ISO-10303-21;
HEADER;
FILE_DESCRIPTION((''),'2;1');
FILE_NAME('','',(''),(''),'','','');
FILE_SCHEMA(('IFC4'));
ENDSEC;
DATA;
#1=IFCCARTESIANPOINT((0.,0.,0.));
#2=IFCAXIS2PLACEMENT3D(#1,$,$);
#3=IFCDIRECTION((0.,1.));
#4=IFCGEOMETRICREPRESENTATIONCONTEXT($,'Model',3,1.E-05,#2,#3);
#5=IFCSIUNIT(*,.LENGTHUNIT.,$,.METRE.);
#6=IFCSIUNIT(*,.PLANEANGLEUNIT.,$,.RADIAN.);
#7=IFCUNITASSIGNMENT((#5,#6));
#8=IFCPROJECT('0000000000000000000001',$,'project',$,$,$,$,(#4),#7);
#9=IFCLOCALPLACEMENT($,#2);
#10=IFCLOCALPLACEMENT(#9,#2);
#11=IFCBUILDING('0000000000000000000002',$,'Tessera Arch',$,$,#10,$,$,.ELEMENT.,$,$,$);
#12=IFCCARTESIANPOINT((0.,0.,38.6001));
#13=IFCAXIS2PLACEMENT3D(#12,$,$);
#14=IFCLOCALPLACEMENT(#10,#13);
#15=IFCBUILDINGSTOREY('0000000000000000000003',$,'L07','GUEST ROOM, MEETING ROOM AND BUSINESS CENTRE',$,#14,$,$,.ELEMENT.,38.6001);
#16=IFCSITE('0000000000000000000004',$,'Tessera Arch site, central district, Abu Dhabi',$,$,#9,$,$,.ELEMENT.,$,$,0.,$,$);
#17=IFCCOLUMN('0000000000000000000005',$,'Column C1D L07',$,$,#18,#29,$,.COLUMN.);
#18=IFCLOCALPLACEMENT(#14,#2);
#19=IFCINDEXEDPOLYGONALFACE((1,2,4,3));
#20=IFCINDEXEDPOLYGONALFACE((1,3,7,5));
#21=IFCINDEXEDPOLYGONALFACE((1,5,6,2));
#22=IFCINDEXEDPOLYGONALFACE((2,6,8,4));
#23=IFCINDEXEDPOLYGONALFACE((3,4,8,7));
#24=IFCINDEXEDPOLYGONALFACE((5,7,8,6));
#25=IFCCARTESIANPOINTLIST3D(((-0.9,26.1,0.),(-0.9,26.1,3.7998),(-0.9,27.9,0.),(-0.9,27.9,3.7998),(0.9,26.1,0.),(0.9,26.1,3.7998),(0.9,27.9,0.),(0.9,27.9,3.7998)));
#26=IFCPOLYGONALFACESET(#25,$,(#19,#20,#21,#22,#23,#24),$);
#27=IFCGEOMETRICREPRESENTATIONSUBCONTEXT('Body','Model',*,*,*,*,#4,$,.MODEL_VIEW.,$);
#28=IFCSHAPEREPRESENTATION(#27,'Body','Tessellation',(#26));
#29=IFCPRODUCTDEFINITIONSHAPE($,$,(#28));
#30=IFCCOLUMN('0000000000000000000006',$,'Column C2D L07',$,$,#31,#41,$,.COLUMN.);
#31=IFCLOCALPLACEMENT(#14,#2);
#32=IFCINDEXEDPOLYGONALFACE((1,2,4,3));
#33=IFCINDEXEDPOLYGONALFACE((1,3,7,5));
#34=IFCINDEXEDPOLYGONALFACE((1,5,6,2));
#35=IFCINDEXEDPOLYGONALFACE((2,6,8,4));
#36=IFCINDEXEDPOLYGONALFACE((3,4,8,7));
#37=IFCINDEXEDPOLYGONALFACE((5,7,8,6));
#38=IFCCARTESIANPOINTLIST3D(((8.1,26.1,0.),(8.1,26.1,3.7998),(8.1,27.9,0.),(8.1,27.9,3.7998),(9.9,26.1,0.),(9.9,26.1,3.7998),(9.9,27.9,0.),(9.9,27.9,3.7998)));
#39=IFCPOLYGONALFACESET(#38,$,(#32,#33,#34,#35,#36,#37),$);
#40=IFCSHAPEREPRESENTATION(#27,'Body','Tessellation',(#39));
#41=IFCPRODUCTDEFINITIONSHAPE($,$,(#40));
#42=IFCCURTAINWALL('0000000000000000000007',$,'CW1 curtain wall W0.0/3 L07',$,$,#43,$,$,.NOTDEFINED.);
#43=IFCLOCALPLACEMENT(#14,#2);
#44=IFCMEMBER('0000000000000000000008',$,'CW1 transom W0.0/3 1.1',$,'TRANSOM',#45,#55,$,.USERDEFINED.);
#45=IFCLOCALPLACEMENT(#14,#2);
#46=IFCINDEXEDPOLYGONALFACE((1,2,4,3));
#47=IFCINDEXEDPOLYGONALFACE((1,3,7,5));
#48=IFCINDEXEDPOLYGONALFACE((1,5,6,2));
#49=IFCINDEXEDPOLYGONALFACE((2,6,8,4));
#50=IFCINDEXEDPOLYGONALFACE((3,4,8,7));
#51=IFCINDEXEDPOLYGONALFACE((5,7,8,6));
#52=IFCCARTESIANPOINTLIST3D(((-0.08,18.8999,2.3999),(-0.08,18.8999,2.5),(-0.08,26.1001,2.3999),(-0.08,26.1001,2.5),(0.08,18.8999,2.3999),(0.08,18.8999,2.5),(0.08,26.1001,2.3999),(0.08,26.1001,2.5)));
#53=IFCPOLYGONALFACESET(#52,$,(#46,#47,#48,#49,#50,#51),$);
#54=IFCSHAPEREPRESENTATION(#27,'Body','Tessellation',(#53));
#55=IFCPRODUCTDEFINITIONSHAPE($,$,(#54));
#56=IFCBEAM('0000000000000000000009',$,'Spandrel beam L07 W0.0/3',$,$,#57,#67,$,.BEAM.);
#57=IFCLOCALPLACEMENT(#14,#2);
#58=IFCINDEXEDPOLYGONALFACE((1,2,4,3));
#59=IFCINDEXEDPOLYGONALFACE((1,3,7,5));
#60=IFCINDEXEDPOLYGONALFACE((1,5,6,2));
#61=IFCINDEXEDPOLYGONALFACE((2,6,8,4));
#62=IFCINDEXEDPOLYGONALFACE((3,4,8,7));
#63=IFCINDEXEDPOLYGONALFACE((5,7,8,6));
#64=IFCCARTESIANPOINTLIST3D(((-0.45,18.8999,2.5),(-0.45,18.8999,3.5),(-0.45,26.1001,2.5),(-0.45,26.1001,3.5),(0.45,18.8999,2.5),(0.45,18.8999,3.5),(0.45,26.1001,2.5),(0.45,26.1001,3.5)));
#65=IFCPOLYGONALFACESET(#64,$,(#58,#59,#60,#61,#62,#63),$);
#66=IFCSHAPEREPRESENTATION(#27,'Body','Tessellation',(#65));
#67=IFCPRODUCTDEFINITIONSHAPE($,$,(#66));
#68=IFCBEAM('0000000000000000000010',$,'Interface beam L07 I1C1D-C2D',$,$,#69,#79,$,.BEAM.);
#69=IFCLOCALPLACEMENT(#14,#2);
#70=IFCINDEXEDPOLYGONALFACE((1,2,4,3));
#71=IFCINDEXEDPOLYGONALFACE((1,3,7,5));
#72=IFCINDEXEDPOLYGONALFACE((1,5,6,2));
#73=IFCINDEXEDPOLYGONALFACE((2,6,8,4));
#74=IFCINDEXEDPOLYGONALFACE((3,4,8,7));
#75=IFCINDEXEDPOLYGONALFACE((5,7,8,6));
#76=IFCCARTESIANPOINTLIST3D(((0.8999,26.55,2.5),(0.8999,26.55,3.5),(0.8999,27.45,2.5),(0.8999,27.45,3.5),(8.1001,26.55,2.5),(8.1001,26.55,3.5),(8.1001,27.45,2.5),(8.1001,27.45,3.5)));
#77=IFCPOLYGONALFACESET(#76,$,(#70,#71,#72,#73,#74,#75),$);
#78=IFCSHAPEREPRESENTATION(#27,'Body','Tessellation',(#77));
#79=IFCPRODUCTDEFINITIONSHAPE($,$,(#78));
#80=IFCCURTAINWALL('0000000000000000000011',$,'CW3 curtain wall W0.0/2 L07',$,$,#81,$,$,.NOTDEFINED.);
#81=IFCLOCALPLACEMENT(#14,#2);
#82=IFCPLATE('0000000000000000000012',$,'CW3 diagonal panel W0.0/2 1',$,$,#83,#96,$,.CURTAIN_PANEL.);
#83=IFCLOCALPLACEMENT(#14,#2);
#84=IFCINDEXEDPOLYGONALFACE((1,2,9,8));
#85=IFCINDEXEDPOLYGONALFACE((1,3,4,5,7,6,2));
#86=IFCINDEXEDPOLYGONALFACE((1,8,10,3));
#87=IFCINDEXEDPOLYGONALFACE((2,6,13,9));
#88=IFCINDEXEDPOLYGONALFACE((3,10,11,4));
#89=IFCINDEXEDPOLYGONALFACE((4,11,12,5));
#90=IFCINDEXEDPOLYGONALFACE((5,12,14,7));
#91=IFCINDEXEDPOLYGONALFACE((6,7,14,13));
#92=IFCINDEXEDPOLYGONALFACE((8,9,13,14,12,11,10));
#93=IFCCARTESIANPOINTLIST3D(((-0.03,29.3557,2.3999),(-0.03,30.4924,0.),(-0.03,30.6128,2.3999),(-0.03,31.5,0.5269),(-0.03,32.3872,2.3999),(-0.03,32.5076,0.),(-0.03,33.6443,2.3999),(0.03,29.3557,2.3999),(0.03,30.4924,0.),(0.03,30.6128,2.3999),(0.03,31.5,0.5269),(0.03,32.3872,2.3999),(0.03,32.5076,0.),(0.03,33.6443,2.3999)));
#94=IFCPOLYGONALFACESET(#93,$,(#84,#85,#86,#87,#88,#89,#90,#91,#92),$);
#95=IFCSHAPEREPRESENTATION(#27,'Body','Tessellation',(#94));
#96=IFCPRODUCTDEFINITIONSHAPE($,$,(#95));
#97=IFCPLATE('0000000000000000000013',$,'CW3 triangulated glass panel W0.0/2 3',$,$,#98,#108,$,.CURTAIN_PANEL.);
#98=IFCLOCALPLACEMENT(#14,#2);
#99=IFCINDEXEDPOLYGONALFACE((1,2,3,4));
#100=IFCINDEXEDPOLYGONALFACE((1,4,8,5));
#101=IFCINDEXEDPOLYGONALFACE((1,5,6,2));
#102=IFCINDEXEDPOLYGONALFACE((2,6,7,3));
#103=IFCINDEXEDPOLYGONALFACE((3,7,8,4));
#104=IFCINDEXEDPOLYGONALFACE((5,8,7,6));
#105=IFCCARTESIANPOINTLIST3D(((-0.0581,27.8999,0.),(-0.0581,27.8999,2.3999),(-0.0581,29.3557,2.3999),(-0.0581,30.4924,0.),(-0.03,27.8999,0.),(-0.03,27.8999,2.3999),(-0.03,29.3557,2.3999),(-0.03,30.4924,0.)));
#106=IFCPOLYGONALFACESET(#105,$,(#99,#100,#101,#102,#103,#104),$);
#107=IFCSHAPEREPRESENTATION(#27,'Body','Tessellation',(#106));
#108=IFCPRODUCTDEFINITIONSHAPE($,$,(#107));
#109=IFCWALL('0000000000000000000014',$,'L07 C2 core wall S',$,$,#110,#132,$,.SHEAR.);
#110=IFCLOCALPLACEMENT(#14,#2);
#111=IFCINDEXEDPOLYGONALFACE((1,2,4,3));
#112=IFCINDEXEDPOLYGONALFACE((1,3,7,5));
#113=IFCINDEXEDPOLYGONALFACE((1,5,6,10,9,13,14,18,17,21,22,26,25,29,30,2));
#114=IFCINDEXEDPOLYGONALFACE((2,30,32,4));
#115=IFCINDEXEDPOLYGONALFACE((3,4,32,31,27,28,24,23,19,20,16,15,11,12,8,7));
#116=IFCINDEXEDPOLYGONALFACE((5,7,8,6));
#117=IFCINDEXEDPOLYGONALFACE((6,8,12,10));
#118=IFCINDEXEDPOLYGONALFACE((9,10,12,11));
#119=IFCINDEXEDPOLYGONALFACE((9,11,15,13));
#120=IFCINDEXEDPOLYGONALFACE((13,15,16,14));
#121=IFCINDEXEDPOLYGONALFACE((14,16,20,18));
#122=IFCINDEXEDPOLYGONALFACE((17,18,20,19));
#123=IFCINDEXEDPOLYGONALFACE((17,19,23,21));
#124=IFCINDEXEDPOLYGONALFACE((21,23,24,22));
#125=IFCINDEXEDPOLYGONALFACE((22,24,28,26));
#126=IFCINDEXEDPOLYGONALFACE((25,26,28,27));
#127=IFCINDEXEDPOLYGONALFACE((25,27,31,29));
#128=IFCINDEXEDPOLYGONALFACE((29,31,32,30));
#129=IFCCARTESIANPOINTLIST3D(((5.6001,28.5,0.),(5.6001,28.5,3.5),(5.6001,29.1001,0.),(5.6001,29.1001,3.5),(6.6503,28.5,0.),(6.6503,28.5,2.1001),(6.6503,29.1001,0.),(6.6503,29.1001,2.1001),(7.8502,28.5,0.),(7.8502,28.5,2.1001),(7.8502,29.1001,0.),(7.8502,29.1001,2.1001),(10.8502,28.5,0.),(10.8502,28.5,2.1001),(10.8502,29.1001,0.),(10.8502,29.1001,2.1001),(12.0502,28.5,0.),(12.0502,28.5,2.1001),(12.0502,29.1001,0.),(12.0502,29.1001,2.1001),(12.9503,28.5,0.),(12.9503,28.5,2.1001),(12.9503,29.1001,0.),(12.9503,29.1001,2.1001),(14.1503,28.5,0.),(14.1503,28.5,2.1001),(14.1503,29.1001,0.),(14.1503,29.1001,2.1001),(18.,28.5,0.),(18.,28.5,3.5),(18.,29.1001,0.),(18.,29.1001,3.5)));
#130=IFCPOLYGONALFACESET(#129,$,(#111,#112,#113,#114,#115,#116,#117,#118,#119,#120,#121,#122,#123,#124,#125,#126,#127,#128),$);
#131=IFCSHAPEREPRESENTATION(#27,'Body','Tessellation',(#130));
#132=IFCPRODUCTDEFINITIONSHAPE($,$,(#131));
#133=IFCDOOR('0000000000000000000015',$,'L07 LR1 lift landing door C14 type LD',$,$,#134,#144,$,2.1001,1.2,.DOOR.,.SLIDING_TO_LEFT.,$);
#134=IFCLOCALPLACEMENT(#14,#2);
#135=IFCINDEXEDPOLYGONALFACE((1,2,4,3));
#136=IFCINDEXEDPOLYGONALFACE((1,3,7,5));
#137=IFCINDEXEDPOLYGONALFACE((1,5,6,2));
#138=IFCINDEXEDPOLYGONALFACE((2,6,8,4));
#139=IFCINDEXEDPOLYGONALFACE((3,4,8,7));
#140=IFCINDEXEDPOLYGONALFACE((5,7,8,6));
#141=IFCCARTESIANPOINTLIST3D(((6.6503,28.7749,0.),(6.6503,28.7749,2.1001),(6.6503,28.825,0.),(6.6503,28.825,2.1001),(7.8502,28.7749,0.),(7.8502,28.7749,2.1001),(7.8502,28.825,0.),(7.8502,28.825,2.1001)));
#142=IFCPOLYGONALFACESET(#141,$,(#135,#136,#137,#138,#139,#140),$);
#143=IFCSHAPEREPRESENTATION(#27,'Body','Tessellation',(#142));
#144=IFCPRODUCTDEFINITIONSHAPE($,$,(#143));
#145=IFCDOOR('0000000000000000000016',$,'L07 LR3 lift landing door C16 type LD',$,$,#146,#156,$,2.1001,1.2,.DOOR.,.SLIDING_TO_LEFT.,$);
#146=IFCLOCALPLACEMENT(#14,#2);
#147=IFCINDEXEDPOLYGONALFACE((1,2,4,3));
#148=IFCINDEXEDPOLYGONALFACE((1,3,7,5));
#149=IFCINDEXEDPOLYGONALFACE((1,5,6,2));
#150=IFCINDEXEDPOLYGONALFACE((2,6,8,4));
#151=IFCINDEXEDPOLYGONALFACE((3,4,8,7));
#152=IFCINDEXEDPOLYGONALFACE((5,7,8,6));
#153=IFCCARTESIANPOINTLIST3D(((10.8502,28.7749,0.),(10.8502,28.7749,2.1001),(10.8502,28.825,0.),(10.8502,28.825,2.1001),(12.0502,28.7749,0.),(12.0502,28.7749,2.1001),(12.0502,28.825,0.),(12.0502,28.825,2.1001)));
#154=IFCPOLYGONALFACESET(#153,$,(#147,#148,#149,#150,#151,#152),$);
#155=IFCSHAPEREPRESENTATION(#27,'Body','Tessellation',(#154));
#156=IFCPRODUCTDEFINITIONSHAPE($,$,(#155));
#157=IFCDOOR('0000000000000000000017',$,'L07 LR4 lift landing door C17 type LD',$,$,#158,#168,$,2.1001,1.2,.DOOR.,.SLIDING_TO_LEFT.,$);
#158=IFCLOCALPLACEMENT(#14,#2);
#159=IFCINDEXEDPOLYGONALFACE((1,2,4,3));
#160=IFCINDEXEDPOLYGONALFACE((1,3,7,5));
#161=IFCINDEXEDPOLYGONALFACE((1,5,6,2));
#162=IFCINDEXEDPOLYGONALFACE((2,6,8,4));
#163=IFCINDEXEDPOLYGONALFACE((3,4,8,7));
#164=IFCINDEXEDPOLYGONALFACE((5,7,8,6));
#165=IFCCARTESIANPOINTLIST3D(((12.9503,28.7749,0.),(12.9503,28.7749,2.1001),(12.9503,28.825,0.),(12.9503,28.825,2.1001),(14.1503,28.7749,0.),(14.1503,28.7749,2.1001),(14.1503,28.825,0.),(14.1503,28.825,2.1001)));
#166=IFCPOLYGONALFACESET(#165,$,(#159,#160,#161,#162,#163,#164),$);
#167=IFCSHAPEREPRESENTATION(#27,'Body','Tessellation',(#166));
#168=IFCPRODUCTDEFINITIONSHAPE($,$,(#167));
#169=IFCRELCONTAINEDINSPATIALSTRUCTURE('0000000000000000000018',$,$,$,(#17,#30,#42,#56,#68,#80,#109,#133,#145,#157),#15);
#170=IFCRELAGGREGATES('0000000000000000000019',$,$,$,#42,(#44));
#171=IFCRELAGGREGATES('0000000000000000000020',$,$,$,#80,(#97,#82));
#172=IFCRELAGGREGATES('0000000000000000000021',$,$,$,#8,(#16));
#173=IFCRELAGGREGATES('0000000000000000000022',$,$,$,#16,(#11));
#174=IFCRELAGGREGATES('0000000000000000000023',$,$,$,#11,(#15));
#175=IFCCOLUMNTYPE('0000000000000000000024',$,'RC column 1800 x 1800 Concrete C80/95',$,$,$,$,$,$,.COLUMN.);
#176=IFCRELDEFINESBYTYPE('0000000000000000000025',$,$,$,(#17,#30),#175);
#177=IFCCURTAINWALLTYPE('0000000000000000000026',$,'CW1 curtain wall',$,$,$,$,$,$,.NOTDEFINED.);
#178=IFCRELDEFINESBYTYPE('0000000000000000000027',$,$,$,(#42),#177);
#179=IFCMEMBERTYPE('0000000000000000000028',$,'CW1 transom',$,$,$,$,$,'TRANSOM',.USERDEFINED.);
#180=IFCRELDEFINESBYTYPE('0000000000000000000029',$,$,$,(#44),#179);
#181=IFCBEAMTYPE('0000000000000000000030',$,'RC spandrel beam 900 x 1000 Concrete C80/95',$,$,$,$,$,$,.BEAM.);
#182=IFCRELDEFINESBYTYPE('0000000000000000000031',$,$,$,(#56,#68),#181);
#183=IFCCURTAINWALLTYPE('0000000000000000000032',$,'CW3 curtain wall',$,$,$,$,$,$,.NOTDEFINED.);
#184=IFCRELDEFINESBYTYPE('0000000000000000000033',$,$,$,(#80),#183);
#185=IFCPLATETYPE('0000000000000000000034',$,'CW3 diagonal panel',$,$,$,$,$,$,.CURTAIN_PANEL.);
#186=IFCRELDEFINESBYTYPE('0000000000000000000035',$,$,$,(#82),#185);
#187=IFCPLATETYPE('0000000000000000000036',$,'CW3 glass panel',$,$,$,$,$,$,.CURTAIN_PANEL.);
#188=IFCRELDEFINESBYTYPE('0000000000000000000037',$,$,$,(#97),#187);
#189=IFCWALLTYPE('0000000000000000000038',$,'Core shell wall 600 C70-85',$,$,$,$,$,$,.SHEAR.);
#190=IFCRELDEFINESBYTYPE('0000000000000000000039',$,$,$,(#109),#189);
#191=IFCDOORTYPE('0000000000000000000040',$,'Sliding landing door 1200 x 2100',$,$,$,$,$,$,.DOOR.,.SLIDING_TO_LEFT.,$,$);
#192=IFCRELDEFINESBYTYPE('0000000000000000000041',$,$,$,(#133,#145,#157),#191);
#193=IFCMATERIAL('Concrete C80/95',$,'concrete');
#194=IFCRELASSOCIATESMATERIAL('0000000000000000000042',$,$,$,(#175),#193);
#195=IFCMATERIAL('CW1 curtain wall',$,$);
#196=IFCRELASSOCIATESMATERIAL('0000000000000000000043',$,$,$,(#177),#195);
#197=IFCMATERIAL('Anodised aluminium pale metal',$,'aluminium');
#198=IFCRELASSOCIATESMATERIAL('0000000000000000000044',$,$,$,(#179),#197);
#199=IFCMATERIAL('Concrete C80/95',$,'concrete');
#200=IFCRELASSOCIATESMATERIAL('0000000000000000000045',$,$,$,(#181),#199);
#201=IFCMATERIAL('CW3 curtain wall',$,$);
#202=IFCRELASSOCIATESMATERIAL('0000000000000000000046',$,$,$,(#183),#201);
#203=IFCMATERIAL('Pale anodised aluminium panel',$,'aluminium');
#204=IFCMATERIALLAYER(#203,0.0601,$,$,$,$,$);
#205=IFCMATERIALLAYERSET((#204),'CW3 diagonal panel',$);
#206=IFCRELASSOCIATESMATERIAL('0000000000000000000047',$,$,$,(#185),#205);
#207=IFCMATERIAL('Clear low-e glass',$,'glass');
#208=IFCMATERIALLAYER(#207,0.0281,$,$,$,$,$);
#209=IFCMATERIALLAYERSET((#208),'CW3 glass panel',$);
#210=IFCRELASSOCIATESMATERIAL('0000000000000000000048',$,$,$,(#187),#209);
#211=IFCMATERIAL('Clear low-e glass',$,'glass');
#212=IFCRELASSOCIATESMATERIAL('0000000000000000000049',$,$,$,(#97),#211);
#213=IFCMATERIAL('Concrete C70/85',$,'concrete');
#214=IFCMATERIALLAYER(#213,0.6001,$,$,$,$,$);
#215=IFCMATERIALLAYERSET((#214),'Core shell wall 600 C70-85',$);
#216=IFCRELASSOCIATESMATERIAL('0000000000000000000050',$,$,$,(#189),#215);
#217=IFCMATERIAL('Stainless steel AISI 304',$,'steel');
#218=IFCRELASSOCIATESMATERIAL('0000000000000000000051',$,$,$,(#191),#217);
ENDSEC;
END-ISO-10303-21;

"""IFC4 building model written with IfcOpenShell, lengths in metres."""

from ifc_helpers import new_model, si_unit, direction, frame, frame_2d, origin, origin_2d, place, context, subcontext, project, spatial, polyline, rectangle, outline, extrude, material, layer, layer_set, material_profile, profile_set, type_object, element, fill, aggregate, save


model = new_model("IFC4")

# Units and contexts
model_context = context("Model", 3, precision=1e-05, world=origin(), true_north=direction((0.0, 1.0)))
body_context = subcontext(model_context, "Body", "Model", "MODEL_VIEW")
ifc_project = project(units=[si_unit("LENGTHUNIT", "METRE"), si_unit("PLANEANGLEUNIT", "RADIAN")], contexts=[model_context])

# Site, building, storey
site_placement = place(None, origin())
site = spatial("IfcSite", under=ifc_project, at=site_placement, Name="Tessera Arch site, central district, Abu Dhabi", CompositionType="ELEMENT", RefElevation=0.0)
building_placement = place(site_placement, origin())
building = spatial("IfcBuilding", under=site, at=building_placement, Name="Tessera Arch", CompositionType="ELEMENT")
storey_placement = place(building_placement, frame((0.0, 0.0, 38.6001)))
storey = spatial("IfcBuildingStorey", under=building, at=storey_placement, Name="L07", Description="GUEST ROOM, MEETING ROOM AND BUSINESS CENTRE", CompositionType="ELEMENT", Elevation=38.6001)

# Columns
ifc_material_1 = material(Name="Concrete C80/95", Category="concrete")
ifc_material_profile_1 = material_profile(ifc_material_1, rectangle(XDim=1.8, YDim=1.8, at=origin_2d()), Name="RC column 1800 x 1800 Concrete C80/95")
ifc_profile_set_1 = profile_set([ifc_material_profile_1], Name="Concrete C80/95")
column_type = type_object("IfcColumnType", Name="RC column 1800 x 1800 Concrete C80/95", PredefinedType="COLUMN", material=ifc_profile_set_1)
for number, where, z_axis, x_axis, name in (
    (1, (0.0, 27.0, 0.0), (0.0, 0.0, 1.0), (1.0, 0.0, 0.0), "Column C1D L07"),
    (2, (9.0, 27.0, 0.0), (0.0, 0.0, 1.0), (1.0, 0.0, 0.0), "Column C2D L07"),
):
    element("IfcColumn", number, at=place(storey_placement, frame(where, z_axis=z_axis, x_axis=x_axis)), inside=storey, type_object=column_type, Name=name, PredefinedType="COLUMN", context=body_context, shape_type="SweptSolid", body=[
        extrude(rectangle(XDim=1.8, YDim=1.8, at=origin_2d()), origin(), (0.0, 0.0, 1.0), 3.7998),
    ])

# Curtain wall, member
ifc_material_2 = material(Name="CW1 curtain wall")
curtain_wall_type_1 = type_object("IfcCurtainWallType", Name="CW1 curtain wall", PredefinedType="NOTDEFINED", material=ifc_material_2)
curtain_wall_1_placement = place(storey_placement, origin())
curtain_wall_1 = element("IfcCurtainWall", 3, at=curtain_wall_1_placement, inside=storey, type_object=curtain_wall_type_1, Name="CW1 curtain wall W0.0/3 L07", PredefinedType="NOTDEFINED")
ifc_material_3 = material(Name="Anodised aluminium pale metal", Category="aluminium")
ifc_material_profile_2 = material_profile(ifc_material_3, rectangle(XDim=0.1599, YDim=0.1001, at=origin_2d()), Name="AL 160x100")
ifc_profile_set_2 = profile_set([ifc_material_profile_2], Name="Anodised aluminium pale metal")
member_type = type_object("IfcMemberType", Name="CW1 transom", ElementType="TRANSOM", PredefinedType="USERDEFINED", material=ifc_profile_set_2)
member_placement = place(storey_placement, frame((0.0, 26.1001, 2.45), z_axis=(0.0, -1.0, 0.0), x_axis=(1.0, 0.0, 0.0)))
member = element("IfcMember", 4, at=member_placement, type_object=member_type, Name="CW1 transom W0.0/3 1.1", ObjectType="TRANSOM", PredefinedType="USERDEFINED", context=body_context, shape_type="SweptSolid", body=[
    extrude(rectangle(XDim=0.1599, YDim=0.1001, at=origin_2d()), origin(), (0.0, 0.0, 1.0), 7.2002),
])
aggregate(curtain_wall_1, [member])

# Beams
ifc_material_4 = material(Name="Concrete C80/95", Category="concrete")
ifc_material_profile_3 = material_profile(ifc_material_4, rectangle(XDim=0.8999, YDim=1.0, at=origin_2d()), Name="RC spandrel beam 900 x 1000 Concrete C80/95")
ifc_profile_set_3 = profile_set([ifc_material_profile_3], Name="Concrete C80/95")
beam_type = type_object("IfcBeamType", Name="RC spandrel beam 900 x 1000 Concrete C80/95", PredefinedType="BEAM", material=ifc_profile_set_3)
for number, where, z_axis, x_axis, name in (
    (5, (0.0, 26.1001, 3.0), (0.0, -1.0, 0.0), (1.0, 0.0, 0.0), "Spandrel beam L07 W0.0/3"),
    (6, (0.8999, 27.0, 3.0), (1.0, 0.0, 0.0), (0.0, 1.0, 0.0), "Interface beam L07 I1C1D-C2D"),
):
    element("IfcBeam", number, at=place(storey_placement, frame(where, z_axis=z_axis, x_axis=x_axis)), inside=storey, type_object=beam_type, Name=name, PredefinedType="BEAM", context=body_context, shape_type="SweptSolid", body=[
        extrude(rectangle(XDim=0.8999, YDim=1.0, at=origin_2d()), origin(), (0.0, 0.0, 1.0), 7.2002),
    ])

# Curtain wall, plates
ifc_material_5 = material(Name="CW3 curtain wall")
curtain_wall_type_2 = type_object("IfcCurtainWallType", Name="CW3 curtain wall", PredefinedType="NOTDEFINED", material=ifc_material_5)
curtain_wall_2_placement = place(storey_placement, origin())
curtain_wall_2 = element("IfcCurtainWall", 7, at=curtain_wall_2_placement, inside=storey, type_object=curtain_wall_type_2, Name="CW3 curtain wall W0.0/2 L07", PredefinedType="NOTDEFINED")
ifc_material_6 = material(Name="Pale anodised aluminium panel", Category="aluminium")
ifc_layer_1 = layer(ifc_material_6, 0.0601)
ifc_layer_set_1 = layer_set([ifc_layer_1], Name="CW3 diagonal panel")
plate_type_1 = type_object("IfcPlateType", Name="CW3 diagonal panel", PredefinedType="CURTAIN_PANEL", material=ifc_layer_set_1)
plate_1_placement = place(storey_placement, frame((-0.03, 29.3557, 2.3999), z_axis=(-1.0, 0.0, 0.0), x_axis=(0.0, 1.0, 0.0)))
plate_1 = element("IfcPlate", 8, at=plate_1_placement, type_object=plate_type_1, Name="CW3 diagonal panel W0.0/2 1", PredefinedType="CURTAIN_PANEL", context=body_context, shape_type="SweptSolid", body=[
    extrude(outline(polyline([(0.0, 0.0), (1.2571, 0.0), (2.1443, 1.873), (3.0315, 0.0), (4.2886, 0.0), (3.1519, 2.3999), (1.1367, 2.3999), (0.0, 0.0)])), origin(), (0.0, 0.0, -1.0), 0.0601),
])
ifc_material_7 = material(Name="Clear low-e glass", Category="glass")
ifc_material_8 = material(Name="Clear low-e glass", Category="glass")
ifc_layer_2 = layer(ifc_material_8, 0.0281)
ifc_layer_set_2 = layer_set([ifc_layer_2], Name="CW3 glass panel")
plate_type_2 = type_object("IfcPlateType", Name="CW3 glass panel", PredefinedType="CURTAIN_PANEL", material=ifc_layer_set_2)
plate_2_placement = place(storey_placement, frame((-0.0581, 27.8999, 2.3999), z_axis=(-1.0, 0.0, 0.0), x_axis=(0.0, 1.0, 0.0)))
plate_2 = element("IfcPlate", 9, at=plate_2_placement, type_object=plate_type_2, material=ifc_material_7, Name="CW3 triangulated glass panel W0.0/2 3", PredefinedType="CURTAIN_PANEL", context=body_context, shape_type="SweptSolid", body=[
    extrude(outline(polyline([(0.0, 0.0), (1.4558, 0.0), (2.5925, 2.3999), (0.0, 2.3999), (0.0, 0.0)])), origin(), (0.0, 0.0, -1.0), 0.0281),
])
aggregate(curtain_wall_2, [plate_2, plate_1])

# Wall, openings, doors
ifc_material_9 = material(Name="Concrete C70/85", Category="concrete")
ifc_layer_3 = layer(ifc_material_9, 0.6001)
ifc_layer_set_3 = layer_set([ifc_layer_3], Name="Core shell wall 600 C70-85")
wall_type_1 = type_object("IfcWallType", Name="Core shell wall 600 C70-85", PredefinedType="SHEAR", material=ifc_layer_set_3)
wall_1_placement = place(storey_placement, frame((5.6001, 28.8, 0.0), z_axis=(0.0, 0.0, 1.0), x_axis=(1.0, 0.0, 0.0)))
wall_1 = element("IfcWall", 10, at=wall_1_placement, inside=storey, type_object=wall_type_1, Name="L07 C2 core wall S", PredefinedType="SHEAR", context=body_context, shape_type="SweptSolid", body=[
    extrude(rectangle(XDim=12.3999, YDim=0.6001, at=frame_2d((6.2, 0.0))), origin(), (0.0, 0.0, 1.0), 3.5),
])
opening_1_placement = place(wall_1_placement, frame((1.05, 0.0, 0.0)))
opening_1 = element("IfcOpeningElement", 11, at=opening_1_placement, cuts=wall_1, PredefinedType="OPENING", context=body_context, shape_type="SweptSolid", body=[
    extrude(rectangle(XDim=1.2, YDim=2.1001, at=frame_2d((0.6001, 1.05))), frame((0.0, 0.3101, 0.0), z_axis=(0.0, -1.0, 0.0), x_axis=(1.0, 0.0, 0.0)), (0.0, 0.0, 1.0), 0.6201),
])
opening_2_placement = place(wall_1_placement, frame((5.25, 0.0, 0.0)))
opening_2 = element("IfcOpeningElement", 12, at=opening_2_placement, cuts=wall_1, PredefinedType="OPENING", context=body_context, shape_type="SweptSolid", body=[
    extrude(rectangle(XDim=1.2, YDim=2.1001, at=frame_2d((0.6001, 1.05))), frame((0.0, 0.3101, 0.0), z_axis=(0.0, -1.0, 0.0), x_axis=(1.0, 0.0, 0.0)), (0.0, 0.0, 1.0), 0.6201),
])
opening_3_placement = place(wall_1_placement, frame((7.3501, 0.0, 0.0)))
opening_3 = element("IfcOpeningElement", 13, at=opening_3_placement, cuts=wall_1, PredefinedType="OPENING", context=body_context, shape_type="SweptSolid", body=[
    extrude(rectangle(XDim=1.2, YDim=2.1001, at=frame_2d((0.6001, 1.05))), frame((0.0, 0.3101, 0.0), z_axis=(0.0, -1.0, 0.0), x_axis=(1.0, 0.0, 0.0)), (0.0, 0.0, 1.0), 0.6201),
])
ifc_material_10 = material(Name="Stainless steel AISI 304", Category="steel")
door_type_1 = type_object("IfcDoorType", Name="Sliding landing door 1200 x 2100", OperationType="SLIDING_TO_LEFT", PredefinedType="DOOR", material=ifc_material_10)
door_1_placement = place(opening_1_placement, origin())
door_1 = element("IfcDoor", 14, at=door_1_placement, inside=storey, type_object=door_type_1, Name="L07 LR1 lift landing door C14 type LD", OperationType="SLIDING_TO_LEFT", OverallHeight=2.1001, OverallWidth=1.2, PredefinedType="DOOR", context=body_context, shape_type="SweptSolid", body=[
    extrude(rectangle(XDim=1.2, YDim=2.1001, at=frame_2d((0.6001, 1.05))), frame((0.0, 0.0249, 0.0), z_axis=(0.0, -1.0, 0.0), x_axis=(1.0, 0.0, 0.0)), (0.0, 0.0, 1.0), 0.05),
])
fill(opening_1, door_1)
door_2_placement = place(opening_2_placement, origin())
door_2 = element("IfcDoor", 15, at=door_2_placement, inside=storey, type_object=door_type_1, Name="L07 LR3 lift landing door C16 type LD", OperationType="SLIDING_TO_LEFT", OverallHeight=2.1001, OverallWidth=1.2, PredefinedType="DOOR", context=body_context, shape_type="SweptSolid", body=[
    extrude(rectangle(XDim=1.2, YDim=2.1001, at=frame_2d((0.6001, 1.05))), frame((0.0, 0.0249, 0.0), z_axis=(0.0, -1.0, 0.0), x_axis=(1.0, 0.0, 0.0)), (0.0, 0.0, 1.0), 0.05),
])
fill(opening_2, door_2)
door_3_placement = place(opening_3_placement, origin())
door_3 = element("IfcDoor", 16, at=door_3_placement, inside=storey, type_object=door_type_1, Name="L07 LR4 lift landing door C17 type LD", OperationType="SLIDING_TO_LEFT", OverallHeight=2.1001, OverallWidth=1.2, PredefinedType="DOOR", context=body_context, shape_type="SweptSolid", body=[
    extrude(rectangle(XDim=1.2, YDim=2.1001, at=frame_2d((0.6001, 1.05))), frame((0.0, 0.0249, 0.0), z_axis=(0.0, -1.0, 0.0), x_axis=(1.0, 0.0, 0.0)), (0.0, 0.0, 1.0), 0.05),
])
fill(opening_3, door_3)

save(model, "model.ifc")
